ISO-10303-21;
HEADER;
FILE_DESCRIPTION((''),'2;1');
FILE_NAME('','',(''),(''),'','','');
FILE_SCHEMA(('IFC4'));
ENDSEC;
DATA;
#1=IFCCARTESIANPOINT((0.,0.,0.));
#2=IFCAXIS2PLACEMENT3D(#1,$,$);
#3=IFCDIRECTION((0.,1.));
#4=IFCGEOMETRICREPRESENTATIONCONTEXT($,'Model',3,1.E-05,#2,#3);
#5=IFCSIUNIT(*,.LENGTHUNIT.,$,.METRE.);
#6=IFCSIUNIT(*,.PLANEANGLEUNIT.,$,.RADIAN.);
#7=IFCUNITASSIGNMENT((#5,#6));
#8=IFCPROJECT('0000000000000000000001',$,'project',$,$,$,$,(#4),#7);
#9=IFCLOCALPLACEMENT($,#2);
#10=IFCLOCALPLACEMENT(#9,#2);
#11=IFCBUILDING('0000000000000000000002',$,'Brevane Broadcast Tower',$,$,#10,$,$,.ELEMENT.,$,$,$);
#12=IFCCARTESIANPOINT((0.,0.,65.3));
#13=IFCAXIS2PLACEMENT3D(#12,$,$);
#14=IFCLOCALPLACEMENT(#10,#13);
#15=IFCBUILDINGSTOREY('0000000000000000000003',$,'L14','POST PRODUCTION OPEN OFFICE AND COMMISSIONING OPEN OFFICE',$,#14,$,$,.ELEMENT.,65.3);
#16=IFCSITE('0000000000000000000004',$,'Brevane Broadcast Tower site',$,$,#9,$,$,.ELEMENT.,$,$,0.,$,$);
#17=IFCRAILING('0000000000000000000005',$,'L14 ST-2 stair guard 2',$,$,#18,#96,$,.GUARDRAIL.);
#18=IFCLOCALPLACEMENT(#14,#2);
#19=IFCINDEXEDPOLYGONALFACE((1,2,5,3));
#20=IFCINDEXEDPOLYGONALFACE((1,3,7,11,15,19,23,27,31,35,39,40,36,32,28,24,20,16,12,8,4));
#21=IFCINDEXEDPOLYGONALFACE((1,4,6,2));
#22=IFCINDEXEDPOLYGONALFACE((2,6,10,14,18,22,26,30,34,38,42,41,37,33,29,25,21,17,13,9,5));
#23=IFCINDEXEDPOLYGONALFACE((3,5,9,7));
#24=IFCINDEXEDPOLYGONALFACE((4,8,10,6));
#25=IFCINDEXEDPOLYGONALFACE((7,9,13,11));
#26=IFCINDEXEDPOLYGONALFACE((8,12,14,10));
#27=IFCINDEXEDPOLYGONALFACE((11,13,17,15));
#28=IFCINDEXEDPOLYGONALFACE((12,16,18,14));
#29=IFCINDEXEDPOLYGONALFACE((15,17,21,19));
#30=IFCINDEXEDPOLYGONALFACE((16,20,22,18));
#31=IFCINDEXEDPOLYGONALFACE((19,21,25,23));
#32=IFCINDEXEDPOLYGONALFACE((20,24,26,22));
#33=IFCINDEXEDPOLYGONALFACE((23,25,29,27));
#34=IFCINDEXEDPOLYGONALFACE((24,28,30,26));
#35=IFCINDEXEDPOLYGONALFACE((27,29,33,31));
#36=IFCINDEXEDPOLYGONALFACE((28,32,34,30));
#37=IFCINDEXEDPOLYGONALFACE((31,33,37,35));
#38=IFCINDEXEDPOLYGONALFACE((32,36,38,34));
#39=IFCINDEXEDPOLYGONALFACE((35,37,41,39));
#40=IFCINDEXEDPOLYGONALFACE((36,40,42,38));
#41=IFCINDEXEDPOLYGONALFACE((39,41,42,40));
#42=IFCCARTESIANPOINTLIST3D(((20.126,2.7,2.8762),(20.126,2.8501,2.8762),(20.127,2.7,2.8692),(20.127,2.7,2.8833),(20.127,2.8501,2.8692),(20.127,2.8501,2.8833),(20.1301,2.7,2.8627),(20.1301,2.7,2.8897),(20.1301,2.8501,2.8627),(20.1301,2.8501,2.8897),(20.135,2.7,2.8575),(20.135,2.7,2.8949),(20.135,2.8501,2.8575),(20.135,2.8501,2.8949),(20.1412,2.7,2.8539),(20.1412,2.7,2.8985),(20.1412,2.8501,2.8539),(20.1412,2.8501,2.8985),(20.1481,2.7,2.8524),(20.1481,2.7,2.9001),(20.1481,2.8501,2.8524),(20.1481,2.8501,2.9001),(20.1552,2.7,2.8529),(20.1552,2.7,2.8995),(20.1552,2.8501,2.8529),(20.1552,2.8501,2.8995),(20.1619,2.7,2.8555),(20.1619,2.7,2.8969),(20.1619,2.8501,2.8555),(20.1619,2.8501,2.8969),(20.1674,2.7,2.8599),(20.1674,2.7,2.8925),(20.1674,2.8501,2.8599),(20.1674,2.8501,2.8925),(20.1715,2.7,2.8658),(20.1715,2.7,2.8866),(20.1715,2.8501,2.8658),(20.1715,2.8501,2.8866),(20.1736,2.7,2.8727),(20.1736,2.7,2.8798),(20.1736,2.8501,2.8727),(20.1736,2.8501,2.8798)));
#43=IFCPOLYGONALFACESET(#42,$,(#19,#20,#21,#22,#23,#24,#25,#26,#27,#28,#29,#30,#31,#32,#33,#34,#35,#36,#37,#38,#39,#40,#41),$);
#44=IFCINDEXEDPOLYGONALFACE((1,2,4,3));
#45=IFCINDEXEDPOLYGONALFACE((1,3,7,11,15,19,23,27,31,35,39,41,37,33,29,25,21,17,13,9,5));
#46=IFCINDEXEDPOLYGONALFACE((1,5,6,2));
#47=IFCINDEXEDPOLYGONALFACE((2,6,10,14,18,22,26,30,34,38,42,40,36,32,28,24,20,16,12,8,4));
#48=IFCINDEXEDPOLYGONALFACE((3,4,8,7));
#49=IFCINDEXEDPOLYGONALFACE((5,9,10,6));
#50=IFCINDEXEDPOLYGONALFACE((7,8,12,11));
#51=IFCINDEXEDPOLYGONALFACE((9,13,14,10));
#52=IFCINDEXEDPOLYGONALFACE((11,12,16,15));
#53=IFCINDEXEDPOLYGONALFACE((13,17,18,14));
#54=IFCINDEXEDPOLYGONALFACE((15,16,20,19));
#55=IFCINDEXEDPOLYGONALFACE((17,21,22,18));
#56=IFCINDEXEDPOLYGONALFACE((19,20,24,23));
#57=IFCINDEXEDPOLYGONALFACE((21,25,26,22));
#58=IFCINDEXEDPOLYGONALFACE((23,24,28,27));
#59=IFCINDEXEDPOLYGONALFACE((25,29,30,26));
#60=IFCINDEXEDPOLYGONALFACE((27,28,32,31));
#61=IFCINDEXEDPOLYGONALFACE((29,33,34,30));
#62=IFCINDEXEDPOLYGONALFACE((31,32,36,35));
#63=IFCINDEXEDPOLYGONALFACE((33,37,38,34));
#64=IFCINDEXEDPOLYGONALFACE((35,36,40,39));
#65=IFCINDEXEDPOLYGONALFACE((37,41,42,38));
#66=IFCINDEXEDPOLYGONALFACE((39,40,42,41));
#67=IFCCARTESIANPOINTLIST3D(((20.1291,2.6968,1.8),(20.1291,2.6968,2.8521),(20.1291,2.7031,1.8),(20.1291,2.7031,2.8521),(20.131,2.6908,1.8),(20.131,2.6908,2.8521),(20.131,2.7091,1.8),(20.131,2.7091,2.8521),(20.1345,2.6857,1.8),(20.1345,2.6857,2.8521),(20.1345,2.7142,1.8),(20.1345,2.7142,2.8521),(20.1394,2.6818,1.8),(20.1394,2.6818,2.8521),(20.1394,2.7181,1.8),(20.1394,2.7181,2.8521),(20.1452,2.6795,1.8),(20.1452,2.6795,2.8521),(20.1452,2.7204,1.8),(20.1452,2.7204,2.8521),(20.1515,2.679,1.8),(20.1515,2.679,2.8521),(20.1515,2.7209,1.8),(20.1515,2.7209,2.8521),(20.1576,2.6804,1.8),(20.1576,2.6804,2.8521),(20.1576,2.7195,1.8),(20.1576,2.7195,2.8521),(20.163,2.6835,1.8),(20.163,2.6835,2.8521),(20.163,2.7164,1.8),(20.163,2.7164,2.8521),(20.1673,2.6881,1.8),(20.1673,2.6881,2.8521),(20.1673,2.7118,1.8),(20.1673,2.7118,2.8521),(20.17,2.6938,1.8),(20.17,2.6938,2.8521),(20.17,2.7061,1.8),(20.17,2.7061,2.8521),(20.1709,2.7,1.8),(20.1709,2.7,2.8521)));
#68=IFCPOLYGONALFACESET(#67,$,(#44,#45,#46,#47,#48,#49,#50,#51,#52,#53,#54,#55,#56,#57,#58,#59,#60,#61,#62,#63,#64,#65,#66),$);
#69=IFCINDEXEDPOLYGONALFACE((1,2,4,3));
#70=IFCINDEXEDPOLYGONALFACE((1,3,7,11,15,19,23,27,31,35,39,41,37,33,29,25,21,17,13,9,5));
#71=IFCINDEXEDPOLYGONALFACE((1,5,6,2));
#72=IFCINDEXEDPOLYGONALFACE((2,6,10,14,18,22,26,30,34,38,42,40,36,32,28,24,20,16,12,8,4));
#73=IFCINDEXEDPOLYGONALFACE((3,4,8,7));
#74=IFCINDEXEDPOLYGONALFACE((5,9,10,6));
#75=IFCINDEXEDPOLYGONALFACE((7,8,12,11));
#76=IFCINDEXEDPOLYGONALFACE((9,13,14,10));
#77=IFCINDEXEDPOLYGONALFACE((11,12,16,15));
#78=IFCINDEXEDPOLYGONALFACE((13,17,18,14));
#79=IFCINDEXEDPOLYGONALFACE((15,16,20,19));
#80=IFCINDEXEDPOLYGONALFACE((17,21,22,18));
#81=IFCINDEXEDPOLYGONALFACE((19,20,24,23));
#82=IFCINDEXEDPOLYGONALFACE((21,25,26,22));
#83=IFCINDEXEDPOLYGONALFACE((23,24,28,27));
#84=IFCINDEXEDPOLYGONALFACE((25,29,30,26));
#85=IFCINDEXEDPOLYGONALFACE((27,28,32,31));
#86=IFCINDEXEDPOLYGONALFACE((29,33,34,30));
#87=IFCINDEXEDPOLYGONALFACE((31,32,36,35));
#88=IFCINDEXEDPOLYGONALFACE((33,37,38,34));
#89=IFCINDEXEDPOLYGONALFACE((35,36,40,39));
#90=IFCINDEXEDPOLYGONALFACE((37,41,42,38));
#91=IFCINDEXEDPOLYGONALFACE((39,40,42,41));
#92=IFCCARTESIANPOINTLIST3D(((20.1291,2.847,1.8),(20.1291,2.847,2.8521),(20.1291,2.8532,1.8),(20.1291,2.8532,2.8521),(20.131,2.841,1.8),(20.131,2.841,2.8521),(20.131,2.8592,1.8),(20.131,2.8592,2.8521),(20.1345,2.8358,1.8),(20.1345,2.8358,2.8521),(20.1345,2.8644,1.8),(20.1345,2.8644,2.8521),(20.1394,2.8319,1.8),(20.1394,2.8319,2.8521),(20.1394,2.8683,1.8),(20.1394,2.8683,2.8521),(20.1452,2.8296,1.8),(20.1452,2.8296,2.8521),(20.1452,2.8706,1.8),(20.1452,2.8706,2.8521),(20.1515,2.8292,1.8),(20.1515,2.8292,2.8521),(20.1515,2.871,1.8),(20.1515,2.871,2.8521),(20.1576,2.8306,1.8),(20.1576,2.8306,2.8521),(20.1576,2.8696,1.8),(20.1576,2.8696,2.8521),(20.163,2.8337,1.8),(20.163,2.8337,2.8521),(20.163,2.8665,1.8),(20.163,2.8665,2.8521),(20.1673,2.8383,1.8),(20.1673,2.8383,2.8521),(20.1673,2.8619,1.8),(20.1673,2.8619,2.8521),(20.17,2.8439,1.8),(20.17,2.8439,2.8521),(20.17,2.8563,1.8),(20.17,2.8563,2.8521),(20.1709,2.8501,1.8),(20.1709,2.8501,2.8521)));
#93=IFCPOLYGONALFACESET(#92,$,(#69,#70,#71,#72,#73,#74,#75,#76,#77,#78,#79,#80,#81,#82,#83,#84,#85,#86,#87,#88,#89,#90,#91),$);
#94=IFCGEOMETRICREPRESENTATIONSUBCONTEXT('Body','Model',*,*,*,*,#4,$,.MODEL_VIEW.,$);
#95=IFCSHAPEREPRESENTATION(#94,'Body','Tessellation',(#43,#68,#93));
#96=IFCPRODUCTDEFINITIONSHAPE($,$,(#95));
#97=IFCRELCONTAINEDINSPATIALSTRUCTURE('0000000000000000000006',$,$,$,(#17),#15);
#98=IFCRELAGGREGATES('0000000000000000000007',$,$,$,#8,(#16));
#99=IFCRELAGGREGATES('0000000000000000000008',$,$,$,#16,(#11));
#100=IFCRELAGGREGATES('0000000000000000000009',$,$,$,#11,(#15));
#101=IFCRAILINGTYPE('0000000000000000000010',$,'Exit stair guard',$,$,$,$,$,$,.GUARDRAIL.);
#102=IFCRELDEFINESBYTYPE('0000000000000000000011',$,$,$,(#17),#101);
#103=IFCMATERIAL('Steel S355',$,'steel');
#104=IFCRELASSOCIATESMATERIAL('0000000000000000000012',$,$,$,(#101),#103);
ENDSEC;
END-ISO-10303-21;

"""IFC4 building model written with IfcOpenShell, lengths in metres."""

from ifc_helpers import new_model, si_unit, direction, frame, origin, origin_2d, place, context, subcontext, project, spatial, circle, extrude, material, type_object, element, save


model = new_model("IFC4")

# Units and contexts
model_context = context("Model", 3, precision=1e-05, world=origin(), true_north=direction((0.0, 1.0)))
body_context = subcontext(model_context, "Body", "Model", "MODEL_VIEW")
ifc_project = project(units=[si_unit("LENGTHUNIT", "METRE"), si_unit("PLANEANGLEUNIT", "RADIAN")], contexts=[model_context])

# Site, building, storey
site_placement = place(None, origin())
site = spatial("IfcSite", under=ifc_project, at=site_placement, Name="Brevane Broadcast Tower site", CompositionType="ELEMENT", RefElevation=0.0)
building_placement = place(site_placement, origin())
building = spatial("IfcBuilding", under=site, at=building_placement, Name="Brevane Broadcast Tower", CompositionType="ELEMENT")
storey_placement = place(building_placement, frame((0.0, 0.0, 65.3)))
storey = spatial("IfcBuildingStorey", under=building, at=storey_placement, Name="L14", Description="POST PRODUCTION OPEN OFFICE AND COMMISSIONING OPEN OFFICE", CompositionType="ELEMENT", Elevation=65.3)

# Railing
ifc_material_1 = material(Name="Steel S355", Category="steel")
railing_type_1 = type_object("IfcRailingType", Name="Exit stair guard", PredefinedType="GUARDRAIL", material=ifc_material_1)
railing_1_placement = place(storey_placement, frame((20.1499, 2.7, 1.8)))
element("IfcRailing", 1, at=railing_1_placement, inside=storey, type_object=railing_type_1, Name="L14 ST-2 stair guard 2", PredefinedType="GUARDRAIL", context=body_context, shape_type="SweptSolid", body=[
    extrude(circle(Radius=0.0239, at=origin_2d()), frame((0.0, 0.0, 1.0762), z_axis=(0.0, 1.0, 0.0), x_axis=(-1.0, 0.0, 0.0)), (0.0, 0.0, 1.0), 0.1501),
    extrude(circle(Radius=0.021, at=origin_2d()), origin(), (0.0, 0.0, 1.0), 1.052),
    extrude(circle(Radius=0.021, at=origin_2d()), frame((0.0, 0.1501, 0.0)), (0.0, 0.0, 1.0), 1.052),
])

save(model, "model.ifc")
